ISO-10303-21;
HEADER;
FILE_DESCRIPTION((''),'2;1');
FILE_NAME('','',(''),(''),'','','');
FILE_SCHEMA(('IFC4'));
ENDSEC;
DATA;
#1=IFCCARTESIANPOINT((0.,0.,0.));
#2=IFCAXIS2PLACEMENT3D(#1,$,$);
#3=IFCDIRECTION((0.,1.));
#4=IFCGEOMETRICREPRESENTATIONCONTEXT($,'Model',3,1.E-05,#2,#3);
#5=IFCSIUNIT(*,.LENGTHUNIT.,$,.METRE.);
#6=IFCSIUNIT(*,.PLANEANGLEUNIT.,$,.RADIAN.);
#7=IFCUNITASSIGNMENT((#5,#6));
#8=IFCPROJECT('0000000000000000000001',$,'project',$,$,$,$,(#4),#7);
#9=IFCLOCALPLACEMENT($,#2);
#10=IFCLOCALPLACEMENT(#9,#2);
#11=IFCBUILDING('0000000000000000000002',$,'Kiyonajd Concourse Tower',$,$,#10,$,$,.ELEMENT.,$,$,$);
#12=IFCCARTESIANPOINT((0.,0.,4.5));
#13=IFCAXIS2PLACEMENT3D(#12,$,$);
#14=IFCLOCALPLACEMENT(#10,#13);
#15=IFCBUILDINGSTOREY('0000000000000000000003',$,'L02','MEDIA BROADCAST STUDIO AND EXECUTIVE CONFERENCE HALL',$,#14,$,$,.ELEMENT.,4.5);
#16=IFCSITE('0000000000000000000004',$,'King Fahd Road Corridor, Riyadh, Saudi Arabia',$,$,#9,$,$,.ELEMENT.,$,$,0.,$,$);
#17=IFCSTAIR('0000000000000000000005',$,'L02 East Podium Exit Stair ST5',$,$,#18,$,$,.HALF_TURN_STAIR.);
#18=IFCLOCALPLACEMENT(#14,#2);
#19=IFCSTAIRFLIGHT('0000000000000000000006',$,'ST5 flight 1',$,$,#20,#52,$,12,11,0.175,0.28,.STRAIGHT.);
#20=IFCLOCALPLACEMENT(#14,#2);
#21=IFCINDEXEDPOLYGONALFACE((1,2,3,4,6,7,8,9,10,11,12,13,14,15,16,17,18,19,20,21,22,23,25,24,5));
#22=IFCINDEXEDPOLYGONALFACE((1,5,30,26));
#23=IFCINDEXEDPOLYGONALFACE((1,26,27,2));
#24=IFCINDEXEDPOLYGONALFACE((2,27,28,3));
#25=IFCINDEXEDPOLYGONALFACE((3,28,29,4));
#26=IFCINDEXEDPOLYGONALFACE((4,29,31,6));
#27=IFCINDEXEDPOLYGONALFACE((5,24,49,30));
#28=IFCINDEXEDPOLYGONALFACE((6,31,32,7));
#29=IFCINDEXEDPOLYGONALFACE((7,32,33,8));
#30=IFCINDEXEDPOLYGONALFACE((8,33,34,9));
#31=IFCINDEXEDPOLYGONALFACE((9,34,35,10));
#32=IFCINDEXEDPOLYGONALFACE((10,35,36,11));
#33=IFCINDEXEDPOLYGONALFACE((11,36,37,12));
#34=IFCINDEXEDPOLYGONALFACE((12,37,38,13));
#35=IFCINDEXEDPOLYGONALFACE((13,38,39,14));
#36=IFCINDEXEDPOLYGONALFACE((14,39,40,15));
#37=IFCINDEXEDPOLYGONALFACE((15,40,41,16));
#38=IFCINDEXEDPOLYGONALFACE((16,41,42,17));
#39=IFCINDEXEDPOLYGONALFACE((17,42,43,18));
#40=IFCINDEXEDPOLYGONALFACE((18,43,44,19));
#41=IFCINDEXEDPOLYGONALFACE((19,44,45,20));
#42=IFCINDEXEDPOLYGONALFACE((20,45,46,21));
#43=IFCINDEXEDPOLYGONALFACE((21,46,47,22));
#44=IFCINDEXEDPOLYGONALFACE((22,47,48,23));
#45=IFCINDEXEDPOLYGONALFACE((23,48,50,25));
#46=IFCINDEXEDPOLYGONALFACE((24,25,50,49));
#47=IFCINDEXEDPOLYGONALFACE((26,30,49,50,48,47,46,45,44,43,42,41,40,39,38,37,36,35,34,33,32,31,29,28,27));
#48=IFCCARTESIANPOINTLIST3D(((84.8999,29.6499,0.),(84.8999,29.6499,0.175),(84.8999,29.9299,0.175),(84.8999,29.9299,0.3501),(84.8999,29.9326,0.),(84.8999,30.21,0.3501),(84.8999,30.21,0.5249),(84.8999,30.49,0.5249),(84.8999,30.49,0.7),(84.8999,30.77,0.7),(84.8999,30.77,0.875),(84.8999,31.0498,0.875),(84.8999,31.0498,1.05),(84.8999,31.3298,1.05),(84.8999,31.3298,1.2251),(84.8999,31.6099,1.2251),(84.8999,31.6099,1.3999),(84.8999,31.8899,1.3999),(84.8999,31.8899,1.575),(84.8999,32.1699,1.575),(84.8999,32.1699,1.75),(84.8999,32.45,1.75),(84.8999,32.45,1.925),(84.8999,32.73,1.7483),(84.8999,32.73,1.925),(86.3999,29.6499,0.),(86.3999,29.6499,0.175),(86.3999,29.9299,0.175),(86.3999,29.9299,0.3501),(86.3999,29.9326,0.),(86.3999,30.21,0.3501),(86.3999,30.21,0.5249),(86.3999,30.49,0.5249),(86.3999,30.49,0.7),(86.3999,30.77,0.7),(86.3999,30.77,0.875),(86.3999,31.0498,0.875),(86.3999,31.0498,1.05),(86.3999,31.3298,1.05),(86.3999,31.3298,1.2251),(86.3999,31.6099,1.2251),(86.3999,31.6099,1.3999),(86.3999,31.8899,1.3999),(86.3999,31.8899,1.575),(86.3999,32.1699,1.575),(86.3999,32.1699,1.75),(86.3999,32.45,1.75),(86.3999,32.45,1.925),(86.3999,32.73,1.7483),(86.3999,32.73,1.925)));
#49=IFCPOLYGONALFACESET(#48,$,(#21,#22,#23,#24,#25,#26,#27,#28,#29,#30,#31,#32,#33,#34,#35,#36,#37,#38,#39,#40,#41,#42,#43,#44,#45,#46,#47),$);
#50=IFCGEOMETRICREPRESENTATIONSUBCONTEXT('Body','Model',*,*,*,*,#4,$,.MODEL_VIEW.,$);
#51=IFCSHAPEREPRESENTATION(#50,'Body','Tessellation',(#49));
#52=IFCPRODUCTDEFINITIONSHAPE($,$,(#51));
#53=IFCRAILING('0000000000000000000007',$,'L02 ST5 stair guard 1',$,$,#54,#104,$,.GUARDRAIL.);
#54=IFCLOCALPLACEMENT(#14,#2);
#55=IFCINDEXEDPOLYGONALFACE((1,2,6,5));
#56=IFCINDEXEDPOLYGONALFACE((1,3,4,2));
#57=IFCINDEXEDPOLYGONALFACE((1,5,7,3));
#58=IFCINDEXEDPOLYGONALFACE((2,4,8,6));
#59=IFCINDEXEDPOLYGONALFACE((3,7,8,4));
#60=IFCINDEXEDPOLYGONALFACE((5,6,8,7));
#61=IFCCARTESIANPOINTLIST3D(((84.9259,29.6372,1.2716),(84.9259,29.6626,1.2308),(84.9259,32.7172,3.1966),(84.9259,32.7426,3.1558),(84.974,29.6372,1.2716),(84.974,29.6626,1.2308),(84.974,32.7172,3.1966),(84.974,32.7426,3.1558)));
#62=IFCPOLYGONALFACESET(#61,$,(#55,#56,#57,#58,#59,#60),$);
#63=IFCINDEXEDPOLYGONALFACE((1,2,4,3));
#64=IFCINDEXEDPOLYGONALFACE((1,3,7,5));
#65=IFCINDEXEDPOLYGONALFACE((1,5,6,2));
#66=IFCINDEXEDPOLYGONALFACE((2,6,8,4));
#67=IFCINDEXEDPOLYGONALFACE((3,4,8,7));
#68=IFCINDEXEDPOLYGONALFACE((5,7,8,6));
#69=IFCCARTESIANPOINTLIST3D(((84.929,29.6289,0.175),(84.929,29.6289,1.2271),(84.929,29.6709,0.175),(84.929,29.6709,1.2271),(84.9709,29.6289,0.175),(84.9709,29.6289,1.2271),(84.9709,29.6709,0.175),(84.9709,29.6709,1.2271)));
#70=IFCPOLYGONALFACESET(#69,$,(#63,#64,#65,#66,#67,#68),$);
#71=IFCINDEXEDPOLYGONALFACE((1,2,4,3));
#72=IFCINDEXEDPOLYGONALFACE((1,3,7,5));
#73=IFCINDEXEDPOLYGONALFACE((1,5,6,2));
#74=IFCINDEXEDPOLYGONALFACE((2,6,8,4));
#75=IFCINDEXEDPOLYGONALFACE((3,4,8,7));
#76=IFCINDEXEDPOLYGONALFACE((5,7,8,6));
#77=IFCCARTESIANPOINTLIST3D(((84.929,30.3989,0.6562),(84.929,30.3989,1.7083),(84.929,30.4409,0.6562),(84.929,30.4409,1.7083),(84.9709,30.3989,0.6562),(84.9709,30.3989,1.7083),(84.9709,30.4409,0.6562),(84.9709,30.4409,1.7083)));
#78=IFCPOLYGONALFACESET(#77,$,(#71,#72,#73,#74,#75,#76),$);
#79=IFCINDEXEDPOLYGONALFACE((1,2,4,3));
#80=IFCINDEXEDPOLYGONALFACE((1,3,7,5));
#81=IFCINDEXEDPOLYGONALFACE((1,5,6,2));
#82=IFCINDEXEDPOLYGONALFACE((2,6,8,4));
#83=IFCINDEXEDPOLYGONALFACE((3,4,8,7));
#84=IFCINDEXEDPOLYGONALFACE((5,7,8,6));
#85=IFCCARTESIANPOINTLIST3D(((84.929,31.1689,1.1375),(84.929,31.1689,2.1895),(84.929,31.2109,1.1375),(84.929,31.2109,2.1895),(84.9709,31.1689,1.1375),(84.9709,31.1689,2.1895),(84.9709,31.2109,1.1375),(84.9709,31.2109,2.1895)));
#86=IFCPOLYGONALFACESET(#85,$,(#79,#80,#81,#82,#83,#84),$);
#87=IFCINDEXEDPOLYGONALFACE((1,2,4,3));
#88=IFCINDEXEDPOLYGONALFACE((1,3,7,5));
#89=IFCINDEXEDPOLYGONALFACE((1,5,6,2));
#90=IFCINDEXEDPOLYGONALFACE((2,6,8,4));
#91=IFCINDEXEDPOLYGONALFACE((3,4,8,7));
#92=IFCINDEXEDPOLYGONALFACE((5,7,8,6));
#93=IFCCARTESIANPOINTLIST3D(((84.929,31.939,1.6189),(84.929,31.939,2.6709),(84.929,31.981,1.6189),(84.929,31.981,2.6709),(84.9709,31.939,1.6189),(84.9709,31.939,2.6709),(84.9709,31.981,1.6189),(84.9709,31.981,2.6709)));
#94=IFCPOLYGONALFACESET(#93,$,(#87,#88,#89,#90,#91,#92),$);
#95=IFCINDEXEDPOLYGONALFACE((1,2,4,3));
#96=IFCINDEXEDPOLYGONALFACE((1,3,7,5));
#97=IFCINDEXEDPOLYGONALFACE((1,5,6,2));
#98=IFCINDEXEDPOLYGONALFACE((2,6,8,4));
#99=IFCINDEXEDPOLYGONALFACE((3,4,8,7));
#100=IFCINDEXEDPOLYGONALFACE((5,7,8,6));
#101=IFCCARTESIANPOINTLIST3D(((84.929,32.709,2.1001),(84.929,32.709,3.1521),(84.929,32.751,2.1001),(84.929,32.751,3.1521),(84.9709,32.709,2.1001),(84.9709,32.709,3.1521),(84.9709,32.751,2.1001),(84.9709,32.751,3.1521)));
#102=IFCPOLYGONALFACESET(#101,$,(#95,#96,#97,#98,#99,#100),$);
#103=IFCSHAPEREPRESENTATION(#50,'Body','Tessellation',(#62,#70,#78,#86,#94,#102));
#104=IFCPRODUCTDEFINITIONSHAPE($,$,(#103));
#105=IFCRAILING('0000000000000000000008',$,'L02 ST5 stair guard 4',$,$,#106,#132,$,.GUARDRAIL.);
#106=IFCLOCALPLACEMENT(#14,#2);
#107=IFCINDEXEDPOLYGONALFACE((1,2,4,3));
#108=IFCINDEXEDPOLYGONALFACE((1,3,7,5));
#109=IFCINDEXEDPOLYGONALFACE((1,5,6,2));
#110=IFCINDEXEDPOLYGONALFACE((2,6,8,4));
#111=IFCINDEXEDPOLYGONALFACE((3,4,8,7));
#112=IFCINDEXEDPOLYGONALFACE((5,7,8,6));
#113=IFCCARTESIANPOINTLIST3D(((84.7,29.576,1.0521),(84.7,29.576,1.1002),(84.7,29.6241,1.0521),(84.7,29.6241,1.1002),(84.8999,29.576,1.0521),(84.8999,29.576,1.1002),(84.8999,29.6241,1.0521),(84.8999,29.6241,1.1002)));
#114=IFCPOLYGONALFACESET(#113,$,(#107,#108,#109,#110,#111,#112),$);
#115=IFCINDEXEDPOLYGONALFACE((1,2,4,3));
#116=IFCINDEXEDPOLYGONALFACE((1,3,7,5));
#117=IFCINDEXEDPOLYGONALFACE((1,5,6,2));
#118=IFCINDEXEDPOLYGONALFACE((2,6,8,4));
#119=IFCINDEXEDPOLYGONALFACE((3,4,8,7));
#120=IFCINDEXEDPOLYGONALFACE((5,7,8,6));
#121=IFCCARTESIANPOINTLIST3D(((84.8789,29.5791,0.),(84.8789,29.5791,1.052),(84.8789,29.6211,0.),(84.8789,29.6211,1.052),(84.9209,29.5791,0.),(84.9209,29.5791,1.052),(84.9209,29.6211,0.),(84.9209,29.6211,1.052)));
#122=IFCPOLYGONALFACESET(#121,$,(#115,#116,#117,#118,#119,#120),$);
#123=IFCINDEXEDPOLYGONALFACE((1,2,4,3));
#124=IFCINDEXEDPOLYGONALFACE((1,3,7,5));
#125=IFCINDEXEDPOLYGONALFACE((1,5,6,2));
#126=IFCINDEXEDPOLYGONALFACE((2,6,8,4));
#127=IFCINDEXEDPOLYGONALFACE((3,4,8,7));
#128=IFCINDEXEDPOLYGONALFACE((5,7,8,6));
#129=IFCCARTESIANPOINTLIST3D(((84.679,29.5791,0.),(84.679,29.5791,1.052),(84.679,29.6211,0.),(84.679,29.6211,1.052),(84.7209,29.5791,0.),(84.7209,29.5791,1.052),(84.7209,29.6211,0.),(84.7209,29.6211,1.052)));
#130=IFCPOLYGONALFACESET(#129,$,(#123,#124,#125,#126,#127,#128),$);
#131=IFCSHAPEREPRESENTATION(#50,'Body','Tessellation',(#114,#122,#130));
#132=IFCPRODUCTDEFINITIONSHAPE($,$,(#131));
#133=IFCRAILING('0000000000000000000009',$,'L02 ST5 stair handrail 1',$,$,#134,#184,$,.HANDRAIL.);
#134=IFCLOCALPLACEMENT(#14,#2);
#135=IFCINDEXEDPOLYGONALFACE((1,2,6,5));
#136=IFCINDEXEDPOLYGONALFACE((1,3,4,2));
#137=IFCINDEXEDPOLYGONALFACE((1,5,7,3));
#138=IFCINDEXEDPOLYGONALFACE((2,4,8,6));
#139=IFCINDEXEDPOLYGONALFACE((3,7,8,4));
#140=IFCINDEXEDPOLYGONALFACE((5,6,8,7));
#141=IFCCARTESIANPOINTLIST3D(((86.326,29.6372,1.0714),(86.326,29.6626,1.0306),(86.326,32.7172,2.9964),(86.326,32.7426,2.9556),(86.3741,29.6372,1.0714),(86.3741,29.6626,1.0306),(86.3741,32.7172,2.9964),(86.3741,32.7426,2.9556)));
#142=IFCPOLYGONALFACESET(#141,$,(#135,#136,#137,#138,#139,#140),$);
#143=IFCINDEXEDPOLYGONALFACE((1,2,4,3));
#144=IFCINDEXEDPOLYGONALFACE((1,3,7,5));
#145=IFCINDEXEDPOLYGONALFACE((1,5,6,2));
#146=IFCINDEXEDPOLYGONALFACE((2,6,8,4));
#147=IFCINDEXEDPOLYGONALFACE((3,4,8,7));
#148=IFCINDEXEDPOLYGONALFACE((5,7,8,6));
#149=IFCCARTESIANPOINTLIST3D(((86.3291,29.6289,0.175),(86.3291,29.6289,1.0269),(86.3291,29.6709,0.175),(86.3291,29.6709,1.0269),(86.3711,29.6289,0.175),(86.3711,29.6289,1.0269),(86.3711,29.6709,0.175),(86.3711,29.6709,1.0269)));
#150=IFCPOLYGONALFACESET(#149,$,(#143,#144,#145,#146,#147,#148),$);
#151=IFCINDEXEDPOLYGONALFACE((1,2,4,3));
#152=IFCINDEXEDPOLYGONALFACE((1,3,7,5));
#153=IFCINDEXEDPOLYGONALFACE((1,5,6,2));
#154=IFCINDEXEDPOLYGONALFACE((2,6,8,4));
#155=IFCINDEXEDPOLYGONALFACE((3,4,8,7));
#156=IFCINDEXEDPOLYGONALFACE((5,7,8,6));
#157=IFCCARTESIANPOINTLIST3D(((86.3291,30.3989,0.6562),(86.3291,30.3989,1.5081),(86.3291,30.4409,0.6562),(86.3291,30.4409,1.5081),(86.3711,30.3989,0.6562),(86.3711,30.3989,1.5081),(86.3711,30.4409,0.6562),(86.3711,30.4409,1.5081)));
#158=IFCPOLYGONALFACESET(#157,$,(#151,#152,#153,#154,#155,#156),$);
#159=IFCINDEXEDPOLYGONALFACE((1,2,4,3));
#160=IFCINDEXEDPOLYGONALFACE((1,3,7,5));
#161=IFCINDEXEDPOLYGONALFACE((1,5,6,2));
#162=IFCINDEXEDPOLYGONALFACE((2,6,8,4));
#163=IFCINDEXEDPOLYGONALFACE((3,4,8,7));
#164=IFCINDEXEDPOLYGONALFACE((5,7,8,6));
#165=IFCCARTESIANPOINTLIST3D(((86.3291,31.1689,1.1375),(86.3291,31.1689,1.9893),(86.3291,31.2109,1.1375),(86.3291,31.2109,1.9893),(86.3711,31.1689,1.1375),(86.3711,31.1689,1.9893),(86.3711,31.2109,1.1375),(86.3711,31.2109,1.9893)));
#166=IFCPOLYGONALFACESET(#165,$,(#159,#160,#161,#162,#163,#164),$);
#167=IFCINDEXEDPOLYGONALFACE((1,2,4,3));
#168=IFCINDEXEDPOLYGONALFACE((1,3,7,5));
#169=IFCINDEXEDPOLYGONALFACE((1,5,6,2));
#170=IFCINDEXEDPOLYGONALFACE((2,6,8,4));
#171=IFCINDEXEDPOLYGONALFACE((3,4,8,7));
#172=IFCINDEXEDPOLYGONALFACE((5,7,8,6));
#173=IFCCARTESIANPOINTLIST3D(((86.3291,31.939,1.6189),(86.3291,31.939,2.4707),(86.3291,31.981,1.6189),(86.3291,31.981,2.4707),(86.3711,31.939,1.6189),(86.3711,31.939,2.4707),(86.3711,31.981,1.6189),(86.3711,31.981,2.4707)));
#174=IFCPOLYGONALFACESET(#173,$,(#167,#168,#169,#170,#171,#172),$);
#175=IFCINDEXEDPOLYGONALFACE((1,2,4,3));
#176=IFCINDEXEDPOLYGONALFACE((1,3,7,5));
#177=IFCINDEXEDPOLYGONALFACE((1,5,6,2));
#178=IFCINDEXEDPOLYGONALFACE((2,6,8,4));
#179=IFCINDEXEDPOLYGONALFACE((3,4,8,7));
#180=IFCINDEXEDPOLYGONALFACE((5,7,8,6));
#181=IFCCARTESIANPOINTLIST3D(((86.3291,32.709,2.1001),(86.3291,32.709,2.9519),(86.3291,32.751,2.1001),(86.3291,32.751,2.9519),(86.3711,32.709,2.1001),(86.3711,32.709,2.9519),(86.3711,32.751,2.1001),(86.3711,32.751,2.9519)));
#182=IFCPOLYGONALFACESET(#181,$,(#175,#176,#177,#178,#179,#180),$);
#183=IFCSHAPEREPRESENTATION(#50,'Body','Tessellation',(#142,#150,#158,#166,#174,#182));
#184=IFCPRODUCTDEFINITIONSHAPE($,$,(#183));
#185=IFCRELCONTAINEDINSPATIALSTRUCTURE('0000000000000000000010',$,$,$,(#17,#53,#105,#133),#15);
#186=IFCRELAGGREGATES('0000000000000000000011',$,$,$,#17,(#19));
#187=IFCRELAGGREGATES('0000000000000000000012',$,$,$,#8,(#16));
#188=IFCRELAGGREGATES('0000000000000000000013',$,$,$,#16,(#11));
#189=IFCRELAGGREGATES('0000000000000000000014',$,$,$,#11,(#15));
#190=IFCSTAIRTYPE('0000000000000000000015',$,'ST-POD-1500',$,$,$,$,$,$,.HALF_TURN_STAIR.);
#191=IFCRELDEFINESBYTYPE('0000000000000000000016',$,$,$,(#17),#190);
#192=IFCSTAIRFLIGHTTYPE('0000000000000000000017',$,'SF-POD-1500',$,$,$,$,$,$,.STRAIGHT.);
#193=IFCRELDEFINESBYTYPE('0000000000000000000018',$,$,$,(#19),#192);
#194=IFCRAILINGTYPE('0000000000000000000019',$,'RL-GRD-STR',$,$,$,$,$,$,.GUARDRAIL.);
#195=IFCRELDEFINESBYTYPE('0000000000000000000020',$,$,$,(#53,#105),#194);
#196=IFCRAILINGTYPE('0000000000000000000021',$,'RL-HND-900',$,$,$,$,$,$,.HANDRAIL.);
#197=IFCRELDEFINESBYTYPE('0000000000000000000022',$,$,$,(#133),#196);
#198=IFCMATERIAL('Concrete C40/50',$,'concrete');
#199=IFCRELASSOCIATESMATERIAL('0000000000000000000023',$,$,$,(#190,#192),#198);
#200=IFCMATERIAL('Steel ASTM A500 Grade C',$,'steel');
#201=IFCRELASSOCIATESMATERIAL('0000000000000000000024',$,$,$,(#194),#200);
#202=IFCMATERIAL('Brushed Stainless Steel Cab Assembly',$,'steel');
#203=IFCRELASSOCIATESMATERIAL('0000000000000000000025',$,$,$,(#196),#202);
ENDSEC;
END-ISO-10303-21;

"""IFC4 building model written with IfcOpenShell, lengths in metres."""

from ifc_helpers import new_model, si_unit, direction, frame, origin, origin_2d, place, context, subcontext, project, spatial, polyline, rectangle, outline, extrude, material, type_object, element, aggregate, save


model = new_model("IFC4")

# Units and contexts
model_context = context("Model", 3, precision=1e-05, world=origin(), true_north=direction((0.0, 1.0)))
body_context = subcontext(model_context, "Body", "Model", "MODEL_VIEW")
ifc_project = project(units=[si_unit("LENGTHUNIT", "METRE"), si_unit("PLANEANGLEUNIT", "RADIAN")], contexts=[model_context])

# Site, building, storey
site_placement = place(None, origin())
site = spatial("IfcSite", under=ifc_project, at=site_placement, Name="King Fahd Road Corridor, Riyadh, Saudi Arabia", CompositionType="ELEMENT", RefElevation=0.0)
building_placement = place(site_placement, origin())
building = spatial("IfcBuilding", under=site, at=building_placement, Name="Kiyonajd Concourse Tower", CompositionType="ELEMENT")
storey_placement = place(building_placement, frame((0.0, 0.0, 4.5)))
storey = spatial("IfcBuildingStorey", under=building, at=storey_placement, Name="L02", Description="MEDIA BROADCAST STUDIO AND EXECUTIVE CONFERENCE HALL", CompositionType="ELEMENT", Elevation=4.5)

# Shared definitions
ifc_material_1 = material(Name="Brushed Stainless Steel Cab Assembly", Category="steel")

# Stair, stair flight
ifc_material_2 = material(Name="Concrete C40/50", Category="concrete")
stair_type = type_object("IfcStairType", Name="ST-POD-1500", PredefinedType="HALF_TURN_STAIR", material=ifc_material_2)
stair_placement = place(storey_placement, origin())
stair = element("IfcStair", 1, at=stair_placement, inside=storey, type_object=stair_type, Name="L02 East Podium Exit Stair ST5", PredefinedType="HALF_TURN_STAIR")
stair_flight_type = type_object("IfcStairFlightType", Name="SF-POD-1500", PredefinedType="STRAIGHT", material=ifc_material_2)
stair_flight_placement = place(storey_placement, frame((85.6499, 29.6499, 0.0), z_axis=(0.0, 0.0, 1.0), x_axis=(0.0, 1.0, 0.0)))
stair_flight = element("IfcStairFlight", 2, at=stair_flight_placement, type_object=stair_flight_type, Name="ST5 flight 1", NumberOfRisers=12, NumberOfTreads=11, PredefinedType="STRAIGHT", RiserHeight=0.175, TreadLength=0.28, context=body_context, shape_type="SweptSolid", body=[
    extrude(outline(polyline([(0.0, 0.0), (0.0, 0.175), (0.28, 0.175), (0.28, 0.3501), (0.5601, 0.3501), (0.5601, 0.5249), (0.8401, 0.5249), (0.8401, 0.7), (1.1201, 0.7), (1.1201, 0.875), (1.3999, 0.875), (1.3999, 1.05), (1.6799, 1.05), (1.6799, 1.2251), (1.96, 1.2251), (1.96, 1.3999), (2.24, 1.3999), (2.24, 1.575), (2.52, 1.575), (2.52, 1.75), (2.8, 1.75), (2.8, 1.925), (3.0801, 1.925), (3.0801, 2.1001), (3.0801, 1.7483), (0.2827, 0.0), (0.0, 0.0)])), frame((0.0, 0.75, 0.0), z_axis=(0.0, -1.0, 0.0), x_axis=(1.0, 0.0, 0.0)), (0.0, 0.0, 1.0), 1.5),
])
aggregate(stair, [stair_flight])

# Railings
ifc_material_3 = material(Name="Steel ASTM A500 Grade C", Category="steel")
railing_type_1 = type_object("IfcRailingType", Name="RL-GRD-STR", PredefinedType="GUARDRAIL", material=ifc_material_3)
railing_1_placement = place(storey_placement, frame((84.95, 29.6499, 0.175)))
element("IfcRailing", 3, at=railing_1_placement, inside=storey, type_object=railing_type_1, Name="L02 ST5 stair guard 1", PredefinedType="GUARDRAIL", context=body_context, shape_type="SweptSolid", body=[
    extrude(rectangle(XDim=0.0481, YDim=0.0481, at=origin_2d()), frame((0.0, 0.0, 1.0762), z_axis=(0.0, 0.847998, 0.529999), x_axis=(-1.0, 0.0, 0.0)), (0.0, 0.0, 1.0), 3.6321),
    extrude(rectangle(XDim=0.042, YDim=0.042, at=origin_2d()), origin(), (0.0, 0.0, 1.0), 1.052),
    extrude(rectangle(XDim=0.042, YDim=0.042, at=origin_2d()), frame((0.0, 0.77, 0.4812)), (0.0, 0.0, 1.0), 1.052),
    extrude(rectangle(XDim=0.042, YDim=0.042, at=origin_2d()), frame((0.0, 1.54, 0.9624)), (0.0, 0.0, 1.0), 1.052),
    extrude(rectangle(XDim=0.042, YDim=0.042, at=origin_2d()), frame((0.0, 2.3101, 1.4438)), (0.0, 0.0, 1.0), 1.052),
    extrude(rectangle(XDim=0.042, YDim=0.042, at=origin_2d()), frame((0.0, 3.0801, 1.925)), (0.0, 0.0, 1.0), 1.052),
])
railing_2_placement = place(storey_placement, frame((84.8999, 29.6001, 0.0)))
element("IfcRailing", 4, at=railing_2_placement, inside=storey, type_object=railing_type_1, Name="L02 ST5 stair guard 4", PredefinedType="GUARDRAIL", context=body_context, shape_type="SweptSolid", body=[
    extrude(rectangle(XDim=0.0481, YDim=0.0481, at=origin_2d()), frame((0.0, 0.0, 1.0762), z_axis=(-1.0, 0.0, 0.0), x_axis=(0.0, -1.0, 0.0)), (0.0, 0.0, 1.0), 0.2),
    extrude(rectangle(XDim=0.042, YDim=0.042, at=origin_2d()), origin(), (0.0, 0.0, 1.0), 1.052),
    extrude(rectangle(XDim=0.042, YDim=0.042, at=origin_2d()), frame((-0.2, 0.0, 0.0)), (0.0, 0.0, 1.0), 1.052),
])
railing_type_2 = type_object("IfcRailingType", Name="RL-HND-900", PredefinedType="HANDRAIL", material=ifc_material_1)
railing_3_placement = place(storey_placement, frame((86.3501, 29.6499, 0.175)))
element("IfcRailing", 5, at=railing_3_placement, inside=storey, type_object=railing_type_2, Name="L02 ST5 stair handrail 1", PredefinedType="HANDRAIL", context=body_context, shape_type="SweptSolid", body=[
    extrude(rectangle(XDim=0.0481, YDim=0.0481, at=origin_2d()), frame((0.0, 0.0, 0.876), z_axis=(0.0, 0.847998, 0.529999), x_axis=(-1.0, 0.0, 0.0)), (0.0, 0.0, 1.0), 3.6321),
    extrude(rectangle(XDim=0.042, YDim=0.042, at=origin_2d()), origin(), (0.0, 0.0, 1.0), 0.8518),
    extrude(rectangle(XDim=0.042, YDim=0.042, at=origin_2d()), frame((0.0, 0.77, 0.4812)), (0.0, 0.0, 1.0), 0.8518),
    extrude(rectangle(XDim=0.042, YDim=0.042, at=origin_2d()), frame((0.0, 1.54, 0.9624)), (0.0, 0.0, 1.0), 0.8518),
    extrude(rectangle(XDim=0.042, YDim=0.042, at=origin_2d()), frame((0.0, 2.3101, 1.4438)), (0.0, 0.0, 1.0), 0.8518),
    extrude(rectangle(XDim=0.042, YDim=0.042, at=origin_2d()), frame((0.0, 3.0801, 1.925)), (0.0, 0.0, 1.0), 0.8518),
])

save(model, "model.ifc")
